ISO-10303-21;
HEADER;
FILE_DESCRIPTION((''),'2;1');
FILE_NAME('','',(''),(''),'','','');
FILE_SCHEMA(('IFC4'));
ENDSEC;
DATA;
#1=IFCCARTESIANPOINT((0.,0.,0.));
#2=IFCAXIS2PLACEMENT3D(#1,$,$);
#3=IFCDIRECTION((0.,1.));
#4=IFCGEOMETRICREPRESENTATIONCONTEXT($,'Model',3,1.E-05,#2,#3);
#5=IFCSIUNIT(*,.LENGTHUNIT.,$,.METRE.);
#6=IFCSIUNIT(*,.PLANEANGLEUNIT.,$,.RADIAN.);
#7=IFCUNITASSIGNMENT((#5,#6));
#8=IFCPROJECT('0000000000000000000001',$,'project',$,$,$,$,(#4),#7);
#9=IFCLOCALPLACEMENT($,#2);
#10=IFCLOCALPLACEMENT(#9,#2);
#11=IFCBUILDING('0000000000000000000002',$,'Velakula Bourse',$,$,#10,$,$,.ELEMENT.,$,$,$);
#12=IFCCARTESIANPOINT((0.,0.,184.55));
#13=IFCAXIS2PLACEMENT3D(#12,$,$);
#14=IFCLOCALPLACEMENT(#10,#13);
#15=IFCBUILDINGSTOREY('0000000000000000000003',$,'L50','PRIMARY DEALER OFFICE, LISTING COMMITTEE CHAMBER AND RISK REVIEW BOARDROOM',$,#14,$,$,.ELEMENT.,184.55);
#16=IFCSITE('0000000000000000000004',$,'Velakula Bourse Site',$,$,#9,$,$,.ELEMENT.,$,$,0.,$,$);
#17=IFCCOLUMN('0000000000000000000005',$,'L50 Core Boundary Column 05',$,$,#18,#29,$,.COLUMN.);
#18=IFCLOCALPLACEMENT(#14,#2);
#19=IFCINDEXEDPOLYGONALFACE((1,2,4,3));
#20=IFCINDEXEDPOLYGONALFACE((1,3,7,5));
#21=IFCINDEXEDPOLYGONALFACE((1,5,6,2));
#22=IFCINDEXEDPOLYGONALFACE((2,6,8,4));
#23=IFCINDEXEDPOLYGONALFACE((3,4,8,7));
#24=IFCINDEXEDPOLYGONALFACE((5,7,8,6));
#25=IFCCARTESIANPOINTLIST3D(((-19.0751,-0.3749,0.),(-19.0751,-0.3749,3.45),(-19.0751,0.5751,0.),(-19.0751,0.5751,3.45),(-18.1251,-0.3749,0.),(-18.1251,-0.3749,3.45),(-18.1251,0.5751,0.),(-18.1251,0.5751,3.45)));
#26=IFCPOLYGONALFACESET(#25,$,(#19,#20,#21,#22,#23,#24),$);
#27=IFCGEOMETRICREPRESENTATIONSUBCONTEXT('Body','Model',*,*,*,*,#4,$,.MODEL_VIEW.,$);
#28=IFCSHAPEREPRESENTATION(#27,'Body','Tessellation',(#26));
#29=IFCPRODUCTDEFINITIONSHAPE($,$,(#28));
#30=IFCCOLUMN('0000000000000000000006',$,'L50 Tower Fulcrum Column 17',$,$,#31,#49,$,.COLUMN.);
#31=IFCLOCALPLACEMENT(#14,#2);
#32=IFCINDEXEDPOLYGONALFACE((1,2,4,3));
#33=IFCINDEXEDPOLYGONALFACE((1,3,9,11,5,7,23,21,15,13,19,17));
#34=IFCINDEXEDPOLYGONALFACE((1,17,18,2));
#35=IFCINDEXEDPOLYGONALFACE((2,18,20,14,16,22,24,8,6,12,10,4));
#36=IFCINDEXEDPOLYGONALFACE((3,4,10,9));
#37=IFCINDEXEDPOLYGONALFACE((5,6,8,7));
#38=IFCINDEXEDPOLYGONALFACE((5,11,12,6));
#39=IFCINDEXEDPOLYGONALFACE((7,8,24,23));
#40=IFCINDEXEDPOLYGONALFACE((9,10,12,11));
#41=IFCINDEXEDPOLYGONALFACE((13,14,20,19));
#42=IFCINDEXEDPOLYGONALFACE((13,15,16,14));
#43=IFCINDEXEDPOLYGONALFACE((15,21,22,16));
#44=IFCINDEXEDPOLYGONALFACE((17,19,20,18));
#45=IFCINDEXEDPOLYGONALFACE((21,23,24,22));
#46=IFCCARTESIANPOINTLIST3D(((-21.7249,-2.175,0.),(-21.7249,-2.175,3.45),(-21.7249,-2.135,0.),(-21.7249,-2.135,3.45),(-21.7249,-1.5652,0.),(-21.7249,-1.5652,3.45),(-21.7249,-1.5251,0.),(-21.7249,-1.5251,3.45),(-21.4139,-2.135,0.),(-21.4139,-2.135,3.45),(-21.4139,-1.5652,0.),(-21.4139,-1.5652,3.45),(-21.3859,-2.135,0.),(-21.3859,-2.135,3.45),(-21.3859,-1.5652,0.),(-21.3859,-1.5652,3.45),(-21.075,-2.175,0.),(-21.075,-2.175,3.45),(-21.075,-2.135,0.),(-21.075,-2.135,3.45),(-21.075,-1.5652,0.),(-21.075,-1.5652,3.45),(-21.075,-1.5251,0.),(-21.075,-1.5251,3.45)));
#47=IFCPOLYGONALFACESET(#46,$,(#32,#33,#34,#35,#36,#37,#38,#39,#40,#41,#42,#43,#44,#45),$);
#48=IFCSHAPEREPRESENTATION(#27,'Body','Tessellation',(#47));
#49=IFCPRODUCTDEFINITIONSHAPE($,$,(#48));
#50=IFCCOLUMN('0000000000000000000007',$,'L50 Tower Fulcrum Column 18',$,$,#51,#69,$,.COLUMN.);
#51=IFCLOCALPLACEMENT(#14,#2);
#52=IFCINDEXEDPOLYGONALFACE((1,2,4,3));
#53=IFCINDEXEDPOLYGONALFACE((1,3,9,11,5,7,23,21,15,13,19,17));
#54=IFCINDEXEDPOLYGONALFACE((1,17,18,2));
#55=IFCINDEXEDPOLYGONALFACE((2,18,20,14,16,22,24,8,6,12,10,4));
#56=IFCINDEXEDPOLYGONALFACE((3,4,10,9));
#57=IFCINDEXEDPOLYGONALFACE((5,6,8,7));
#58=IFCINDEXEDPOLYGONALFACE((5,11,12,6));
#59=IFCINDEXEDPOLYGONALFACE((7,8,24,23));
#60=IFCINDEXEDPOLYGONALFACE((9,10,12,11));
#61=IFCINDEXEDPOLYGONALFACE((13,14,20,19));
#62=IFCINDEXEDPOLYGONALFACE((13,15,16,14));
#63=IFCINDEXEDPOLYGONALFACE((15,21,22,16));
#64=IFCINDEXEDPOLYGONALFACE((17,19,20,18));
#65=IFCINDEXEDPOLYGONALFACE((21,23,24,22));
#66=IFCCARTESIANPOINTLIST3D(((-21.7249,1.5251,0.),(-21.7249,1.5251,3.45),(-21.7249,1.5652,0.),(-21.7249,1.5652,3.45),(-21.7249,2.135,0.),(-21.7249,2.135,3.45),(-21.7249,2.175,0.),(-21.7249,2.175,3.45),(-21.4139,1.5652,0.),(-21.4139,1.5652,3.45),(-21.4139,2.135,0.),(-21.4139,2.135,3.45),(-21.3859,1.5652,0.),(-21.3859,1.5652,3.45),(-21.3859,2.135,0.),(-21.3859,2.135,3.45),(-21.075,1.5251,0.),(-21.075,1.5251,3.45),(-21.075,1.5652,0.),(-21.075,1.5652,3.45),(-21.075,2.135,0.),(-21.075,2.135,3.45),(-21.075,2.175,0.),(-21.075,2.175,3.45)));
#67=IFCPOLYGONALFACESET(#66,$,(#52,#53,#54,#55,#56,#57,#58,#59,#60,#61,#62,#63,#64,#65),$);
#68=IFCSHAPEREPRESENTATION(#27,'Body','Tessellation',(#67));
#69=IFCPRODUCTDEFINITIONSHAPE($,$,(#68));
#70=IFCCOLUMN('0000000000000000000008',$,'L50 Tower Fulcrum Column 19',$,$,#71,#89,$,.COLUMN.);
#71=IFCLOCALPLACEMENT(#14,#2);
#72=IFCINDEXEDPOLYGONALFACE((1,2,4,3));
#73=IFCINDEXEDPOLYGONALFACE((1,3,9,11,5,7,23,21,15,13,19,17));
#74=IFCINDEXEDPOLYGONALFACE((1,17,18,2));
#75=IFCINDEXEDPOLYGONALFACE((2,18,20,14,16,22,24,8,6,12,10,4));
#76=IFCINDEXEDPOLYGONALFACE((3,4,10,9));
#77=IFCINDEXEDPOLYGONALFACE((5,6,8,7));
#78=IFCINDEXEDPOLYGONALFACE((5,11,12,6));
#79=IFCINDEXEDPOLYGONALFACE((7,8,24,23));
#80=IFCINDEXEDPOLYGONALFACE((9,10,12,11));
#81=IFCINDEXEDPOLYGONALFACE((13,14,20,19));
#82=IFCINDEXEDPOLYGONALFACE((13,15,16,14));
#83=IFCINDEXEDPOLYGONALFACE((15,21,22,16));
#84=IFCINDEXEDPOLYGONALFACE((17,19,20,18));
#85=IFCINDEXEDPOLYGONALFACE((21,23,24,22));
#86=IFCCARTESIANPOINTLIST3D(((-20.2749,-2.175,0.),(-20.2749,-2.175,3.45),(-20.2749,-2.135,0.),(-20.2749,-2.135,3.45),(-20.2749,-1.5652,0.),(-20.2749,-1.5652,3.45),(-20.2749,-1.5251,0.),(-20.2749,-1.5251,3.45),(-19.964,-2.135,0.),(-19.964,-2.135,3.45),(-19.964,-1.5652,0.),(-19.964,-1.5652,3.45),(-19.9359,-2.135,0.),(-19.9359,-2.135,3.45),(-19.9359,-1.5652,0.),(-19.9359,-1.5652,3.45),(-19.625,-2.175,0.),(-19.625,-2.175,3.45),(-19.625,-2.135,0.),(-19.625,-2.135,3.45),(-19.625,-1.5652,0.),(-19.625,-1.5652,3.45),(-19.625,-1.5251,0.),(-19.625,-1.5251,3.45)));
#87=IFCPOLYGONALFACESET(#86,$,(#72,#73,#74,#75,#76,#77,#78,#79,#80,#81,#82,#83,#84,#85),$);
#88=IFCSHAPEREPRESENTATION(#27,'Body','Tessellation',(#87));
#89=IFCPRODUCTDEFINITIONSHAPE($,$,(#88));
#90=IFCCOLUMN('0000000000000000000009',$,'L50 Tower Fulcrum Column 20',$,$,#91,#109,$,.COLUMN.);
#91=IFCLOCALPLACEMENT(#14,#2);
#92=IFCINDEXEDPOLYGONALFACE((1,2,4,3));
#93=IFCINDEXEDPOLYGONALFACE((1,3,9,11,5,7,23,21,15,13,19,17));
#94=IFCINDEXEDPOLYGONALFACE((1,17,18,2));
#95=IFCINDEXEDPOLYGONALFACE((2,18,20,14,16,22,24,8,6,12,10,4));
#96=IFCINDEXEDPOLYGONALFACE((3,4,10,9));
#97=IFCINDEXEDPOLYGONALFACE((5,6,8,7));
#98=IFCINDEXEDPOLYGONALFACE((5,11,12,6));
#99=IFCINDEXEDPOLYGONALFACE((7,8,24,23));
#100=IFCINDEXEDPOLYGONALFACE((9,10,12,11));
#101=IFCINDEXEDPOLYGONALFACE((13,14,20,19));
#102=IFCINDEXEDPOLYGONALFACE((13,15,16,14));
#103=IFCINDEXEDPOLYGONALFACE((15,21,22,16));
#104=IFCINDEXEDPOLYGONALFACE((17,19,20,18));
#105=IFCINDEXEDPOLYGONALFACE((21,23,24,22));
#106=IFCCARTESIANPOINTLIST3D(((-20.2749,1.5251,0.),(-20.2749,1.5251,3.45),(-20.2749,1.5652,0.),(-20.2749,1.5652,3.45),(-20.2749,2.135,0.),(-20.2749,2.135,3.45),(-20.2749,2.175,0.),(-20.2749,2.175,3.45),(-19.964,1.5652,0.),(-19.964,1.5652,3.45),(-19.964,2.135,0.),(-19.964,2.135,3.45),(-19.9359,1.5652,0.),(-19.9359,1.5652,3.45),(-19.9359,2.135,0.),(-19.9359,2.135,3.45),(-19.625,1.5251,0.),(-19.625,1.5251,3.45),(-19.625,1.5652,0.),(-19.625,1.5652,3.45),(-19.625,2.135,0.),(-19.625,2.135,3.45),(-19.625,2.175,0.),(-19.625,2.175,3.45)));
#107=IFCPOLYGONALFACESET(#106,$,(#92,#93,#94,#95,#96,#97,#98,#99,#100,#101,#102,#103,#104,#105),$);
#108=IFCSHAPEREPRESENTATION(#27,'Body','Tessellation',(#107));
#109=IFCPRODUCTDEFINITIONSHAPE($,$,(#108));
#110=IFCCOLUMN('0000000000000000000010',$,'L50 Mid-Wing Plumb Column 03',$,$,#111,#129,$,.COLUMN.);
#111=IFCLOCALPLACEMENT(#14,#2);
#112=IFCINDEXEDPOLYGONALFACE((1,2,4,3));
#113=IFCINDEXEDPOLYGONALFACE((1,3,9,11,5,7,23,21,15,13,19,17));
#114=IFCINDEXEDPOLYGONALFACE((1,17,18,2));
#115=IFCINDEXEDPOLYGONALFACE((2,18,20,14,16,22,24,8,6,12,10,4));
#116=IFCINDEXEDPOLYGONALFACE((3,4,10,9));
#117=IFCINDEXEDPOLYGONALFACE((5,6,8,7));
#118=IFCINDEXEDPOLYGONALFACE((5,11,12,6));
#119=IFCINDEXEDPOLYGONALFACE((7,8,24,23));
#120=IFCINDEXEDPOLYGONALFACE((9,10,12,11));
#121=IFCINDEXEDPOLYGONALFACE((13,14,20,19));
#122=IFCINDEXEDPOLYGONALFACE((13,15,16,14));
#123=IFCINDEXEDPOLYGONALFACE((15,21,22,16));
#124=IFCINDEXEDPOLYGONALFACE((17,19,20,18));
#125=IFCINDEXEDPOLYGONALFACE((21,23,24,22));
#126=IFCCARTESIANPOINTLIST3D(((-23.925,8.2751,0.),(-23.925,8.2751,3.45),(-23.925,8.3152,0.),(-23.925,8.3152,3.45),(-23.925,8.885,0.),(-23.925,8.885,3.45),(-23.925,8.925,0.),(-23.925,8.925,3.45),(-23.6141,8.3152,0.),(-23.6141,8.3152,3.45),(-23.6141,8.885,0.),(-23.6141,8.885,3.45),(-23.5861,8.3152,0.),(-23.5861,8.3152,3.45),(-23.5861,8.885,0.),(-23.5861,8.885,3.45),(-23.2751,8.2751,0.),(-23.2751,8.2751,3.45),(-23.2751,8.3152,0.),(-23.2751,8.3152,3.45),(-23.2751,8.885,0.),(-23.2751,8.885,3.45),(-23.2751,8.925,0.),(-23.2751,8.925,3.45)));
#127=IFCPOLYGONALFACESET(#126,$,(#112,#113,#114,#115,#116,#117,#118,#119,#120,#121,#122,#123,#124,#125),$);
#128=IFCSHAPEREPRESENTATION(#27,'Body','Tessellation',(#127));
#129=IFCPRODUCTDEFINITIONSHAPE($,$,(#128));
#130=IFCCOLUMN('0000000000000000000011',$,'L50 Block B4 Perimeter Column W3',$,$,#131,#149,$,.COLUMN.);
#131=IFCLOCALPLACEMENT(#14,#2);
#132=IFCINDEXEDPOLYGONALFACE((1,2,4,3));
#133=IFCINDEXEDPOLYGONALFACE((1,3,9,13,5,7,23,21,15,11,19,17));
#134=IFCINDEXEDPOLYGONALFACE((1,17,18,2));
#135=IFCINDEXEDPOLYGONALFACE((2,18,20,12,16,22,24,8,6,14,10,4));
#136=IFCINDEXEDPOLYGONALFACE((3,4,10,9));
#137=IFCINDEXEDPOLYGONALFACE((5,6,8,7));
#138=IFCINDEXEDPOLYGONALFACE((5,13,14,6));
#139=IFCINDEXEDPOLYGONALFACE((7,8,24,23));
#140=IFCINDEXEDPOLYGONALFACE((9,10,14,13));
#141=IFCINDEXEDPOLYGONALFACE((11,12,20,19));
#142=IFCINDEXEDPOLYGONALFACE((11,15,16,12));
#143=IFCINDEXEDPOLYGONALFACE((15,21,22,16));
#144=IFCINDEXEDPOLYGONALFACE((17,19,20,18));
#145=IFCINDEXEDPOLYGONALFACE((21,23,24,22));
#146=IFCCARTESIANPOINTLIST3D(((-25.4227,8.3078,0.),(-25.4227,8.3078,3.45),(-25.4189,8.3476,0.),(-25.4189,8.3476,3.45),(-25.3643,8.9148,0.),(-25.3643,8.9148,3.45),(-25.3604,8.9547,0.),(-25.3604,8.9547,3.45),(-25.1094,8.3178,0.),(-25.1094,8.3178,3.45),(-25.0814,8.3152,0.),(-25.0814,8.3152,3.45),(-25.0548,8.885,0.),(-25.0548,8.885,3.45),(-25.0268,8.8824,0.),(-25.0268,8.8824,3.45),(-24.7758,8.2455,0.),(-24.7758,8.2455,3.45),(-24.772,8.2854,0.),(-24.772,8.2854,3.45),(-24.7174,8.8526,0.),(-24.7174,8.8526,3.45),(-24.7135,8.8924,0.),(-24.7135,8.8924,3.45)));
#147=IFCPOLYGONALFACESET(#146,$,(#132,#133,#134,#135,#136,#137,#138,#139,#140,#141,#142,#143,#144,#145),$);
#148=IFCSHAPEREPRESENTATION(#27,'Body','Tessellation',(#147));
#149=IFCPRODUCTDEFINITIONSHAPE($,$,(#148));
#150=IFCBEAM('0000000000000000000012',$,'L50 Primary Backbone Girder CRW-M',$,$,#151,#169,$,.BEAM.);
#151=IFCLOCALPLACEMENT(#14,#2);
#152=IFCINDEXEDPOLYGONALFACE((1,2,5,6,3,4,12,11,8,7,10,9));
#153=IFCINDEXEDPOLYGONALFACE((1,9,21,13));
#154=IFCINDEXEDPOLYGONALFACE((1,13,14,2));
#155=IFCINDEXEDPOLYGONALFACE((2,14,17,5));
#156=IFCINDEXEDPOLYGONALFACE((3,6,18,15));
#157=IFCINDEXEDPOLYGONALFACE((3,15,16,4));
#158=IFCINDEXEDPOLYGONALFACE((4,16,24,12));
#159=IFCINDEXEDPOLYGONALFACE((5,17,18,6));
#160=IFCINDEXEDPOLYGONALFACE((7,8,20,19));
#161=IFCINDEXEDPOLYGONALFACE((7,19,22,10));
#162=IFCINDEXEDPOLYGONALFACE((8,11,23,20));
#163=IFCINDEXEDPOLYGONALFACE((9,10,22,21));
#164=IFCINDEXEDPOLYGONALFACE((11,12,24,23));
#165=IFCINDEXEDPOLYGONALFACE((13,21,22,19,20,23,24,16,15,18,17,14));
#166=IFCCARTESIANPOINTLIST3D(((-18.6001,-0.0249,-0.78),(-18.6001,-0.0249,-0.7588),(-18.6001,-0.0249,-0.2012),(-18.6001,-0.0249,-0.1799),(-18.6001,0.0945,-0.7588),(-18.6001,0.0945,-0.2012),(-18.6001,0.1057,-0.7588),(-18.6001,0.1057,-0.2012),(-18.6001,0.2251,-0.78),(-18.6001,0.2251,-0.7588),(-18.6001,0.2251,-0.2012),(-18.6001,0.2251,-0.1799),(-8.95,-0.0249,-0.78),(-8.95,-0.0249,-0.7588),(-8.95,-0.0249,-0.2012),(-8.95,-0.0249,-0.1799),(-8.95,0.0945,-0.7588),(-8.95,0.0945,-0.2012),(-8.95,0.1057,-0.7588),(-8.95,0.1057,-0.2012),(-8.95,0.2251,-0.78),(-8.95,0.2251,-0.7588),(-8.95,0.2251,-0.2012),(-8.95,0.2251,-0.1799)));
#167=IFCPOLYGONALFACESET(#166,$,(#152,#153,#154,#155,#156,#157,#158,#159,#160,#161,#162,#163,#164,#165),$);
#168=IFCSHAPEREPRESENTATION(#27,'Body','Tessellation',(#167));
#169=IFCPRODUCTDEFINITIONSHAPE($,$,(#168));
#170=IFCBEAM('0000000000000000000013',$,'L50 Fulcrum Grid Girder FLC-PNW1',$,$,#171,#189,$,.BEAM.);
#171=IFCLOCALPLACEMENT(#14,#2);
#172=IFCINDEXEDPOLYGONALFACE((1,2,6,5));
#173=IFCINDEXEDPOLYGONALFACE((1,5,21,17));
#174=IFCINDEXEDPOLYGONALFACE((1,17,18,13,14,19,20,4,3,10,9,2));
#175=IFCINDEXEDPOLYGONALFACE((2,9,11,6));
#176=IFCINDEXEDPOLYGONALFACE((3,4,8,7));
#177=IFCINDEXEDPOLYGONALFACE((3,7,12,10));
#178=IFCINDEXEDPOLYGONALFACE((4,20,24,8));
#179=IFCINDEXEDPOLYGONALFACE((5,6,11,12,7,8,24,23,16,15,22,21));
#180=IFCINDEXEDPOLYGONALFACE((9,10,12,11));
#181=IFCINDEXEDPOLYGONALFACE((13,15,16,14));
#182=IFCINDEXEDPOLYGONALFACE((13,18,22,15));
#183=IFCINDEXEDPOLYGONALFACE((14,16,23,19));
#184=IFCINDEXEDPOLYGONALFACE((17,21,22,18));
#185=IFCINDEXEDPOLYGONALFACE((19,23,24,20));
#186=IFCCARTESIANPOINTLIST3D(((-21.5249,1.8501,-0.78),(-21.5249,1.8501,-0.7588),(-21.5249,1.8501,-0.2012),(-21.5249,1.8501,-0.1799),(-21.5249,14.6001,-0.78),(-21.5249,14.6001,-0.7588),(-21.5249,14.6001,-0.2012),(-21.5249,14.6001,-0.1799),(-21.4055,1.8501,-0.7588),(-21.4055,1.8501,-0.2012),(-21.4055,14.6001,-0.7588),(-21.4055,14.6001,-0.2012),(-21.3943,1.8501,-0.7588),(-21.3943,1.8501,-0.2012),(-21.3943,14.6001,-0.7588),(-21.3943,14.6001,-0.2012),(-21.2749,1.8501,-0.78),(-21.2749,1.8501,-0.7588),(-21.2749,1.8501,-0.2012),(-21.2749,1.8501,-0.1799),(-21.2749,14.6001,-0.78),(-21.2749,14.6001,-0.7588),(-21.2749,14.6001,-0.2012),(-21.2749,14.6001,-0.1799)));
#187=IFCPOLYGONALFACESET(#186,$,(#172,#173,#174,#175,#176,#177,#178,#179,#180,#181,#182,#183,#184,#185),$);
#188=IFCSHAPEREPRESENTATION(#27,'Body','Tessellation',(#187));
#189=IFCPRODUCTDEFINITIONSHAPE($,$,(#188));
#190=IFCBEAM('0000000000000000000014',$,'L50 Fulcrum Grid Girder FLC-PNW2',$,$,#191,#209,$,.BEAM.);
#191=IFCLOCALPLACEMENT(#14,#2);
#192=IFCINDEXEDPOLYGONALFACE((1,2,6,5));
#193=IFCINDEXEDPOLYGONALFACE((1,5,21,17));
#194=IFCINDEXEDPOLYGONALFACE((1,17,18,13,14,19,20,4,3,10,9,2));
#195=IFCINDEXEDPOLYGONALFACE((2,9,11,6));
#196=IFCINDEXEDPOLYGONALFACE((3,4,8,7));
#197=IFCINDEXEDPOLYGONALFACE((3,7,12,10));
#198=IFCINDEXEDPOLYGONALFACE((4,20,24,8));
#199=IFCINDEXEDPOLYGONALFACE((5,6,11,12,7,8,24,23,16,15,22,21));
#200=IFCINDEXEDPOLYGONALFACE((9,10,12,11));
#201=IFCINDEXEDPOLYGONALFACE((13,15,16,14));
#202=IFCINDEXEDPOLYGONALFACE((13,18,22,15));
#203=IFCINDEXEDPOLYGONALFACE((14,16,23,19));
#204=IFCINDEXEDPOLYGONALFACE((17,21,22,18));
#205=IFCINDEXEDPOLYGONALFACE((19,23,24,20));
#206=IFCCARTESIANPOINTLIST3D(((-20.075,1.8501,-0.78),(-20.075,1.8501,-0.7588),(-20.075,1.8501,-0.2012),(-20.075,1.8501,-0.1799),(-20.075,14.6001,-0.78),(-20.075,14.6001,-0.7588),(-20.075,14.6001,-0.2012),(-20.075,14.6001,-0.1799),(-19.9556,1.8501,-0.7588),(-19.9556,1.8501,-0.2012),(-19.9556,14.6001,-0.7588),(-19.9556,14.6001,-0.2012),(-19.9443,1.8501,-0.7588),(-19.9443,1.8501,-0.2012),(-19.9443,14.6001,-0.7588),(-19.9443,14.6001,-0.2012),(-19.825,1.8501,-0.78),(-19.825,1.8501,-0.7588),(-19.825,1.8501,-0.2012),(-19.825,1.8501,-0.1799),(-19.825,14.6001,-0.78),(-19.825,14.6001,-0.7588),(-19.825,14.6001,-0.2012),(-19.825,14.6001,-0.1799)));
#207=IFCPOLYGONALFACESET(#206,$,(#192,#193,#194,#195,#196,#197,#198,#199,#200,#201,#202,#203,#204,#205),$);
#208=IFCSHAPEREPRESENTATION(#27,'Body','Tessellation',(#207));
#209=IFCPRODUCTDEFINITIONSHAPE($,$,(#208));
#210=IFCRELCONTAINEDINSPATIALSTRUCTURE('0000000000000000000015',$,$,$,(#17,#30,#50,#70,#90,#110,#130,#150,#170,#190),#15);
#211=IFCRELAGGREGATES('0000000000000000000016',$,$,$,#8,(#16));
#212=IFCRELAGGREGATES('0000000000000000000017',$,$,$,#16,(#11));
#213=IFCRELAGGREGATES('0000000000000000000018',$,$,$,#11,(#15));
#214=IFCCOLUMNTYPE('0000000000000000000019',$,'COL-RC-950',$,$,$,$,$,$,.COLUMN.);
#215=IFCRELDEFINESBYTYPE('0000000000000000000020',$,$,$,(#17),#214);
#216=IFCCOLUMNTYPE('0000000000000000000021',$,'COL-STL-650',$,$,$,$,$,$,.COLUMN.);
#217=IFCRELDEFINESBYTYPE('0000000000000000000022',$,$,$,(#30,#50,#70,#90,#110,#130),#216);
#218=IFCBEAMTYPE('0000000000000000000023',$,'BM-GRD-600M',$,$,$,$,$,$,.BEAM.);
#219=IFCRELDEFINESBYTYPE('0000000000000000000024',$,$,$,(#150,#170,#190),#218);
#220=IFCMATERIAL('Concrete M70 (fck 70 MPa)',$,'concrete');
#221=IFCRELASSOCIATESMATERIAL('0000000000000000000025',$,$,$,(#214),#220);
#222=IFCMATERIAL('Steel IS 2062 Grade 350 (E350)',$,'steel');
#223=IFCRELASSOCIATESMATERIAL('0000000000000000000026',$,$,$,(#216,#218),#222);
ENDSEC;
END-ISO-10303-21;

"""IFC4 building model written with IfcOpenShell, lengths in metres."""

from ifc_helpers import new_model, si_unit, direction, frame, origin, origin_2d, place, context, subcontext, project, spatial, rectangle, i_section, extrude, material, material_profile, profile_set, type_object, element, save


model = new_model("IFC4")

# Units and contexts
model_context = context("Model", 3, precision=1e-05, world=origin(), true_north=direction((0.0, 1.0)))
body_context = subcontext(model_context, "Body", "Model", "MODEL_VIEW")
ifc_project = project(units=[si_unit("LENGTHUNIT", "METRE"), si_unit("PLANEANGLEUNIT", "RADIAN")], contexts=[model_context])

# Site, building, storey
site_placement = place(None, origin())
site = spatial("IfcSite", under=ifc_project, at=site_placement, Name="Velakula Bourse Site", CompositionType="ELEMENT", RefElevation=0.0)
building_placement = place(site_placement, origin())
building = spatial("IfcBuilding", under=site, at=building_placement, Name="Velakula Bourse", CompositionType="ELEMENT")
storey_placement = place(building_placement, frame((0.0, 0.0, 184.55)))
storey = spatial("IfcBuildingStorey", under=building, at=storey_placement, Name="L50", Description="PRIMARY DEALER OFFICE, LISTING COMMITTEE CHAMBER AND RISK REVIEW BOARDROOM", CompositionType="ELEMENT", Elevation=184.55)

# Columns
ifc_material_1 = material(Name="Concrete M70 (fck 70 MPa)", Category="concrete")
ifc_material_profile_1 = material_profile(ifc_material_1, rectangle(XDim=0.95, YDim=0.95, at=origin_2d()), Name="Concrete M70 (fck 70 MPa)")
ifc_profile_set_1 = profile_set([ifc_material_profile_1], Name="Concrete M70 (fck 70 MPa)")
column_type_1 = type_object("IfcColumnType", Name="COL-RC-950", PredefinedType="COLUMN", material=ifc_profile_set_1)
column_placement = place(storey_placement, frame((-18.6001, 0.1001, 0.0), z_axis=(0.0, 0.0, 1.0), x_axis=(1.0, 0.0, 0.0)))
element("IfcColumn", 1, at=column_placement, inside=storey, type_object=column_type_1, Name="L50 Core Boundary Column 05", PredefinedType="COLUMN", context=body_context, shape_type="SweptSolid", body=[
    extrude(rectangle(XDim=0.95, YDim=0.95, at=origin_2d()), origin(), (0.0, 0.0, 1.0), 3.45),
])
ifc_material_2 = material(Name="Steel IS 2062 Grade 350 (E350)", Category="steel")
ifc_material_profile_2 = material_profile(ifc_material_2, i_section(OverallWidth=0.6499, OverallDepth=0.6499, WebThickness=0.0281, FlangeThickness=0.04, at=origin_2d()), Name="Steel IS 2062 Grade 350 (E350)")
ifc_profile_set_2 = profile_set([ifc_material_profile_2], Name="Steel IS 2062 Grade 350 (E350)")
column_type_2 = type_object("IfcColumnType", Name="COL-STL-650", PredefinedType="COLUMN", material=ifc_profile_set_2)
for number, where, z_axis, x_axis, name in (
    (2, (-21.3999, -1.8501, 0.0), (0.0, 0.0, 1.0), (1.0, 0.0, 0.0), "L50 Tower Fulcrum Column 17"),
    (3, (-21.3999, 1.8501, 0.0), (0.0, 0.0, 1.0), (1.0, 0.0, 0.0), "L50 Tower Fulcrum Column 18"),
    (4, (-19.95, -1.8501, 0.0), (0.0, 0.0, 1.0), (1.0, 0.0, 0.0), "L50 Tower Fulcrum Column 19"),
    (5, (-19.95, 1.8501, 0.0), (0.0, 0.0, 1.0), (1.0, 0.0, 0.0), "L50 Tower Fulcrum Column 20"),
    (6, (-23.6001, 8.6001, 0.0), (0.0, 0.0, 1.0), (1.0, 0.0, 0.0), "L50 Mid-Wing Plumb Column 03"),
    (7, (-25.0681, 8.6001, 0.0), (0.0, 0.0, 1.0), (0.995396, -0.095846, 0.0), "L50 Block B4 Perimeter Column W3"),
):
    element("IfcColumn", number, at=place(storey_placement, frame(where, z_axis=z_axis, x_axis=x_axis)), inside=storey, type_object=column_type_2, Name=name, PredefinedType="COLUMN", context=body_context, shape_type="SweptSolid", body=[
        extrude(i_section(OverallWidth=0.6499, OverallDepth=0.6499, WebThickness=0.0281, FlangeThickness=0.04, at=origin_2d()), origin(), (0.0, 0.0, 1.0), 3.45),
    ])

# Beams
ifc_material_profile_3 = material_profile(ifc_material_2, i_section(OverallWidth=0.25, OverallDepth=0.6001, WebThickness=0.0112, FlangeThickness=0.0212, at=origin_2d()), Name="Steel IS 2062 Grade 350 (E350)")
ifc_profile_set_3 = profile_set([ifc_material_profile_3], Name="Steel IS 2062 Grade 350 (E350)")
beam_type_1 = type_object("IfcBeamType", Name="BM-GRD-600M", PredefinedType="BEAM", material=ifc_profile_set_3)
beam_1_placement = place(storey_placement, frame((-18.6001, 0.1001, -0.48), z_axis=(1.0, 0.0, 0.0), x_axis=(0.0, 1.0, 0.0)))
element("IfcBeam", 8, at=beam_1_placement, inside=storey, type_object=beam_type_1, Name="L50 Primary Backbone Girder CRW-M", PredefinedType="BEAM", context=body_context, shape_type="SweptSolid", body=[
    extrude(i_section(OverallWidth=0.25, OverallDepth=0.6001, WebThickness=0.0112, FlangeThickness=0.0212, at=origin_2d()), origin(), (0.0, 0.0, 1.0), 9.6501),
])
for number, where, z_axis, x_axis, name in (
    (9, (-21.3999, 1.8501, -0.48), (0.0, 1.0, 0.0), (-1.0, 0.0, 0.0), "L50 Fulcrum Grid Girder FLC-PNW1"),
    (10, (-19.95, 1.8501, -0.48), (0.0, 1.0, 0.0), (-1.0, 0.0, 0.0), "L50 Fulcrum Grid Girder FLC-PNW2"),
):
    element("IfcBeam", number, at=place(storey_placement, frame(where, z_axis=z_axis, x_axis=x_axis)), inside=storey, type_object=beam_type_1, Name=name, PredefinedType="BEAM", context=body_context, shape_type="SweptSolid", body=[
        extrude(i_section(OverallWidth=0.25, OverallDepth=0.6001, WebThickness=0.0112, FlangeThickness=0.0212, at=origin_2d()), origin(), (0.0, 0.0, 1.0), 12.75),
    ])

save(model, "model.ifc")
